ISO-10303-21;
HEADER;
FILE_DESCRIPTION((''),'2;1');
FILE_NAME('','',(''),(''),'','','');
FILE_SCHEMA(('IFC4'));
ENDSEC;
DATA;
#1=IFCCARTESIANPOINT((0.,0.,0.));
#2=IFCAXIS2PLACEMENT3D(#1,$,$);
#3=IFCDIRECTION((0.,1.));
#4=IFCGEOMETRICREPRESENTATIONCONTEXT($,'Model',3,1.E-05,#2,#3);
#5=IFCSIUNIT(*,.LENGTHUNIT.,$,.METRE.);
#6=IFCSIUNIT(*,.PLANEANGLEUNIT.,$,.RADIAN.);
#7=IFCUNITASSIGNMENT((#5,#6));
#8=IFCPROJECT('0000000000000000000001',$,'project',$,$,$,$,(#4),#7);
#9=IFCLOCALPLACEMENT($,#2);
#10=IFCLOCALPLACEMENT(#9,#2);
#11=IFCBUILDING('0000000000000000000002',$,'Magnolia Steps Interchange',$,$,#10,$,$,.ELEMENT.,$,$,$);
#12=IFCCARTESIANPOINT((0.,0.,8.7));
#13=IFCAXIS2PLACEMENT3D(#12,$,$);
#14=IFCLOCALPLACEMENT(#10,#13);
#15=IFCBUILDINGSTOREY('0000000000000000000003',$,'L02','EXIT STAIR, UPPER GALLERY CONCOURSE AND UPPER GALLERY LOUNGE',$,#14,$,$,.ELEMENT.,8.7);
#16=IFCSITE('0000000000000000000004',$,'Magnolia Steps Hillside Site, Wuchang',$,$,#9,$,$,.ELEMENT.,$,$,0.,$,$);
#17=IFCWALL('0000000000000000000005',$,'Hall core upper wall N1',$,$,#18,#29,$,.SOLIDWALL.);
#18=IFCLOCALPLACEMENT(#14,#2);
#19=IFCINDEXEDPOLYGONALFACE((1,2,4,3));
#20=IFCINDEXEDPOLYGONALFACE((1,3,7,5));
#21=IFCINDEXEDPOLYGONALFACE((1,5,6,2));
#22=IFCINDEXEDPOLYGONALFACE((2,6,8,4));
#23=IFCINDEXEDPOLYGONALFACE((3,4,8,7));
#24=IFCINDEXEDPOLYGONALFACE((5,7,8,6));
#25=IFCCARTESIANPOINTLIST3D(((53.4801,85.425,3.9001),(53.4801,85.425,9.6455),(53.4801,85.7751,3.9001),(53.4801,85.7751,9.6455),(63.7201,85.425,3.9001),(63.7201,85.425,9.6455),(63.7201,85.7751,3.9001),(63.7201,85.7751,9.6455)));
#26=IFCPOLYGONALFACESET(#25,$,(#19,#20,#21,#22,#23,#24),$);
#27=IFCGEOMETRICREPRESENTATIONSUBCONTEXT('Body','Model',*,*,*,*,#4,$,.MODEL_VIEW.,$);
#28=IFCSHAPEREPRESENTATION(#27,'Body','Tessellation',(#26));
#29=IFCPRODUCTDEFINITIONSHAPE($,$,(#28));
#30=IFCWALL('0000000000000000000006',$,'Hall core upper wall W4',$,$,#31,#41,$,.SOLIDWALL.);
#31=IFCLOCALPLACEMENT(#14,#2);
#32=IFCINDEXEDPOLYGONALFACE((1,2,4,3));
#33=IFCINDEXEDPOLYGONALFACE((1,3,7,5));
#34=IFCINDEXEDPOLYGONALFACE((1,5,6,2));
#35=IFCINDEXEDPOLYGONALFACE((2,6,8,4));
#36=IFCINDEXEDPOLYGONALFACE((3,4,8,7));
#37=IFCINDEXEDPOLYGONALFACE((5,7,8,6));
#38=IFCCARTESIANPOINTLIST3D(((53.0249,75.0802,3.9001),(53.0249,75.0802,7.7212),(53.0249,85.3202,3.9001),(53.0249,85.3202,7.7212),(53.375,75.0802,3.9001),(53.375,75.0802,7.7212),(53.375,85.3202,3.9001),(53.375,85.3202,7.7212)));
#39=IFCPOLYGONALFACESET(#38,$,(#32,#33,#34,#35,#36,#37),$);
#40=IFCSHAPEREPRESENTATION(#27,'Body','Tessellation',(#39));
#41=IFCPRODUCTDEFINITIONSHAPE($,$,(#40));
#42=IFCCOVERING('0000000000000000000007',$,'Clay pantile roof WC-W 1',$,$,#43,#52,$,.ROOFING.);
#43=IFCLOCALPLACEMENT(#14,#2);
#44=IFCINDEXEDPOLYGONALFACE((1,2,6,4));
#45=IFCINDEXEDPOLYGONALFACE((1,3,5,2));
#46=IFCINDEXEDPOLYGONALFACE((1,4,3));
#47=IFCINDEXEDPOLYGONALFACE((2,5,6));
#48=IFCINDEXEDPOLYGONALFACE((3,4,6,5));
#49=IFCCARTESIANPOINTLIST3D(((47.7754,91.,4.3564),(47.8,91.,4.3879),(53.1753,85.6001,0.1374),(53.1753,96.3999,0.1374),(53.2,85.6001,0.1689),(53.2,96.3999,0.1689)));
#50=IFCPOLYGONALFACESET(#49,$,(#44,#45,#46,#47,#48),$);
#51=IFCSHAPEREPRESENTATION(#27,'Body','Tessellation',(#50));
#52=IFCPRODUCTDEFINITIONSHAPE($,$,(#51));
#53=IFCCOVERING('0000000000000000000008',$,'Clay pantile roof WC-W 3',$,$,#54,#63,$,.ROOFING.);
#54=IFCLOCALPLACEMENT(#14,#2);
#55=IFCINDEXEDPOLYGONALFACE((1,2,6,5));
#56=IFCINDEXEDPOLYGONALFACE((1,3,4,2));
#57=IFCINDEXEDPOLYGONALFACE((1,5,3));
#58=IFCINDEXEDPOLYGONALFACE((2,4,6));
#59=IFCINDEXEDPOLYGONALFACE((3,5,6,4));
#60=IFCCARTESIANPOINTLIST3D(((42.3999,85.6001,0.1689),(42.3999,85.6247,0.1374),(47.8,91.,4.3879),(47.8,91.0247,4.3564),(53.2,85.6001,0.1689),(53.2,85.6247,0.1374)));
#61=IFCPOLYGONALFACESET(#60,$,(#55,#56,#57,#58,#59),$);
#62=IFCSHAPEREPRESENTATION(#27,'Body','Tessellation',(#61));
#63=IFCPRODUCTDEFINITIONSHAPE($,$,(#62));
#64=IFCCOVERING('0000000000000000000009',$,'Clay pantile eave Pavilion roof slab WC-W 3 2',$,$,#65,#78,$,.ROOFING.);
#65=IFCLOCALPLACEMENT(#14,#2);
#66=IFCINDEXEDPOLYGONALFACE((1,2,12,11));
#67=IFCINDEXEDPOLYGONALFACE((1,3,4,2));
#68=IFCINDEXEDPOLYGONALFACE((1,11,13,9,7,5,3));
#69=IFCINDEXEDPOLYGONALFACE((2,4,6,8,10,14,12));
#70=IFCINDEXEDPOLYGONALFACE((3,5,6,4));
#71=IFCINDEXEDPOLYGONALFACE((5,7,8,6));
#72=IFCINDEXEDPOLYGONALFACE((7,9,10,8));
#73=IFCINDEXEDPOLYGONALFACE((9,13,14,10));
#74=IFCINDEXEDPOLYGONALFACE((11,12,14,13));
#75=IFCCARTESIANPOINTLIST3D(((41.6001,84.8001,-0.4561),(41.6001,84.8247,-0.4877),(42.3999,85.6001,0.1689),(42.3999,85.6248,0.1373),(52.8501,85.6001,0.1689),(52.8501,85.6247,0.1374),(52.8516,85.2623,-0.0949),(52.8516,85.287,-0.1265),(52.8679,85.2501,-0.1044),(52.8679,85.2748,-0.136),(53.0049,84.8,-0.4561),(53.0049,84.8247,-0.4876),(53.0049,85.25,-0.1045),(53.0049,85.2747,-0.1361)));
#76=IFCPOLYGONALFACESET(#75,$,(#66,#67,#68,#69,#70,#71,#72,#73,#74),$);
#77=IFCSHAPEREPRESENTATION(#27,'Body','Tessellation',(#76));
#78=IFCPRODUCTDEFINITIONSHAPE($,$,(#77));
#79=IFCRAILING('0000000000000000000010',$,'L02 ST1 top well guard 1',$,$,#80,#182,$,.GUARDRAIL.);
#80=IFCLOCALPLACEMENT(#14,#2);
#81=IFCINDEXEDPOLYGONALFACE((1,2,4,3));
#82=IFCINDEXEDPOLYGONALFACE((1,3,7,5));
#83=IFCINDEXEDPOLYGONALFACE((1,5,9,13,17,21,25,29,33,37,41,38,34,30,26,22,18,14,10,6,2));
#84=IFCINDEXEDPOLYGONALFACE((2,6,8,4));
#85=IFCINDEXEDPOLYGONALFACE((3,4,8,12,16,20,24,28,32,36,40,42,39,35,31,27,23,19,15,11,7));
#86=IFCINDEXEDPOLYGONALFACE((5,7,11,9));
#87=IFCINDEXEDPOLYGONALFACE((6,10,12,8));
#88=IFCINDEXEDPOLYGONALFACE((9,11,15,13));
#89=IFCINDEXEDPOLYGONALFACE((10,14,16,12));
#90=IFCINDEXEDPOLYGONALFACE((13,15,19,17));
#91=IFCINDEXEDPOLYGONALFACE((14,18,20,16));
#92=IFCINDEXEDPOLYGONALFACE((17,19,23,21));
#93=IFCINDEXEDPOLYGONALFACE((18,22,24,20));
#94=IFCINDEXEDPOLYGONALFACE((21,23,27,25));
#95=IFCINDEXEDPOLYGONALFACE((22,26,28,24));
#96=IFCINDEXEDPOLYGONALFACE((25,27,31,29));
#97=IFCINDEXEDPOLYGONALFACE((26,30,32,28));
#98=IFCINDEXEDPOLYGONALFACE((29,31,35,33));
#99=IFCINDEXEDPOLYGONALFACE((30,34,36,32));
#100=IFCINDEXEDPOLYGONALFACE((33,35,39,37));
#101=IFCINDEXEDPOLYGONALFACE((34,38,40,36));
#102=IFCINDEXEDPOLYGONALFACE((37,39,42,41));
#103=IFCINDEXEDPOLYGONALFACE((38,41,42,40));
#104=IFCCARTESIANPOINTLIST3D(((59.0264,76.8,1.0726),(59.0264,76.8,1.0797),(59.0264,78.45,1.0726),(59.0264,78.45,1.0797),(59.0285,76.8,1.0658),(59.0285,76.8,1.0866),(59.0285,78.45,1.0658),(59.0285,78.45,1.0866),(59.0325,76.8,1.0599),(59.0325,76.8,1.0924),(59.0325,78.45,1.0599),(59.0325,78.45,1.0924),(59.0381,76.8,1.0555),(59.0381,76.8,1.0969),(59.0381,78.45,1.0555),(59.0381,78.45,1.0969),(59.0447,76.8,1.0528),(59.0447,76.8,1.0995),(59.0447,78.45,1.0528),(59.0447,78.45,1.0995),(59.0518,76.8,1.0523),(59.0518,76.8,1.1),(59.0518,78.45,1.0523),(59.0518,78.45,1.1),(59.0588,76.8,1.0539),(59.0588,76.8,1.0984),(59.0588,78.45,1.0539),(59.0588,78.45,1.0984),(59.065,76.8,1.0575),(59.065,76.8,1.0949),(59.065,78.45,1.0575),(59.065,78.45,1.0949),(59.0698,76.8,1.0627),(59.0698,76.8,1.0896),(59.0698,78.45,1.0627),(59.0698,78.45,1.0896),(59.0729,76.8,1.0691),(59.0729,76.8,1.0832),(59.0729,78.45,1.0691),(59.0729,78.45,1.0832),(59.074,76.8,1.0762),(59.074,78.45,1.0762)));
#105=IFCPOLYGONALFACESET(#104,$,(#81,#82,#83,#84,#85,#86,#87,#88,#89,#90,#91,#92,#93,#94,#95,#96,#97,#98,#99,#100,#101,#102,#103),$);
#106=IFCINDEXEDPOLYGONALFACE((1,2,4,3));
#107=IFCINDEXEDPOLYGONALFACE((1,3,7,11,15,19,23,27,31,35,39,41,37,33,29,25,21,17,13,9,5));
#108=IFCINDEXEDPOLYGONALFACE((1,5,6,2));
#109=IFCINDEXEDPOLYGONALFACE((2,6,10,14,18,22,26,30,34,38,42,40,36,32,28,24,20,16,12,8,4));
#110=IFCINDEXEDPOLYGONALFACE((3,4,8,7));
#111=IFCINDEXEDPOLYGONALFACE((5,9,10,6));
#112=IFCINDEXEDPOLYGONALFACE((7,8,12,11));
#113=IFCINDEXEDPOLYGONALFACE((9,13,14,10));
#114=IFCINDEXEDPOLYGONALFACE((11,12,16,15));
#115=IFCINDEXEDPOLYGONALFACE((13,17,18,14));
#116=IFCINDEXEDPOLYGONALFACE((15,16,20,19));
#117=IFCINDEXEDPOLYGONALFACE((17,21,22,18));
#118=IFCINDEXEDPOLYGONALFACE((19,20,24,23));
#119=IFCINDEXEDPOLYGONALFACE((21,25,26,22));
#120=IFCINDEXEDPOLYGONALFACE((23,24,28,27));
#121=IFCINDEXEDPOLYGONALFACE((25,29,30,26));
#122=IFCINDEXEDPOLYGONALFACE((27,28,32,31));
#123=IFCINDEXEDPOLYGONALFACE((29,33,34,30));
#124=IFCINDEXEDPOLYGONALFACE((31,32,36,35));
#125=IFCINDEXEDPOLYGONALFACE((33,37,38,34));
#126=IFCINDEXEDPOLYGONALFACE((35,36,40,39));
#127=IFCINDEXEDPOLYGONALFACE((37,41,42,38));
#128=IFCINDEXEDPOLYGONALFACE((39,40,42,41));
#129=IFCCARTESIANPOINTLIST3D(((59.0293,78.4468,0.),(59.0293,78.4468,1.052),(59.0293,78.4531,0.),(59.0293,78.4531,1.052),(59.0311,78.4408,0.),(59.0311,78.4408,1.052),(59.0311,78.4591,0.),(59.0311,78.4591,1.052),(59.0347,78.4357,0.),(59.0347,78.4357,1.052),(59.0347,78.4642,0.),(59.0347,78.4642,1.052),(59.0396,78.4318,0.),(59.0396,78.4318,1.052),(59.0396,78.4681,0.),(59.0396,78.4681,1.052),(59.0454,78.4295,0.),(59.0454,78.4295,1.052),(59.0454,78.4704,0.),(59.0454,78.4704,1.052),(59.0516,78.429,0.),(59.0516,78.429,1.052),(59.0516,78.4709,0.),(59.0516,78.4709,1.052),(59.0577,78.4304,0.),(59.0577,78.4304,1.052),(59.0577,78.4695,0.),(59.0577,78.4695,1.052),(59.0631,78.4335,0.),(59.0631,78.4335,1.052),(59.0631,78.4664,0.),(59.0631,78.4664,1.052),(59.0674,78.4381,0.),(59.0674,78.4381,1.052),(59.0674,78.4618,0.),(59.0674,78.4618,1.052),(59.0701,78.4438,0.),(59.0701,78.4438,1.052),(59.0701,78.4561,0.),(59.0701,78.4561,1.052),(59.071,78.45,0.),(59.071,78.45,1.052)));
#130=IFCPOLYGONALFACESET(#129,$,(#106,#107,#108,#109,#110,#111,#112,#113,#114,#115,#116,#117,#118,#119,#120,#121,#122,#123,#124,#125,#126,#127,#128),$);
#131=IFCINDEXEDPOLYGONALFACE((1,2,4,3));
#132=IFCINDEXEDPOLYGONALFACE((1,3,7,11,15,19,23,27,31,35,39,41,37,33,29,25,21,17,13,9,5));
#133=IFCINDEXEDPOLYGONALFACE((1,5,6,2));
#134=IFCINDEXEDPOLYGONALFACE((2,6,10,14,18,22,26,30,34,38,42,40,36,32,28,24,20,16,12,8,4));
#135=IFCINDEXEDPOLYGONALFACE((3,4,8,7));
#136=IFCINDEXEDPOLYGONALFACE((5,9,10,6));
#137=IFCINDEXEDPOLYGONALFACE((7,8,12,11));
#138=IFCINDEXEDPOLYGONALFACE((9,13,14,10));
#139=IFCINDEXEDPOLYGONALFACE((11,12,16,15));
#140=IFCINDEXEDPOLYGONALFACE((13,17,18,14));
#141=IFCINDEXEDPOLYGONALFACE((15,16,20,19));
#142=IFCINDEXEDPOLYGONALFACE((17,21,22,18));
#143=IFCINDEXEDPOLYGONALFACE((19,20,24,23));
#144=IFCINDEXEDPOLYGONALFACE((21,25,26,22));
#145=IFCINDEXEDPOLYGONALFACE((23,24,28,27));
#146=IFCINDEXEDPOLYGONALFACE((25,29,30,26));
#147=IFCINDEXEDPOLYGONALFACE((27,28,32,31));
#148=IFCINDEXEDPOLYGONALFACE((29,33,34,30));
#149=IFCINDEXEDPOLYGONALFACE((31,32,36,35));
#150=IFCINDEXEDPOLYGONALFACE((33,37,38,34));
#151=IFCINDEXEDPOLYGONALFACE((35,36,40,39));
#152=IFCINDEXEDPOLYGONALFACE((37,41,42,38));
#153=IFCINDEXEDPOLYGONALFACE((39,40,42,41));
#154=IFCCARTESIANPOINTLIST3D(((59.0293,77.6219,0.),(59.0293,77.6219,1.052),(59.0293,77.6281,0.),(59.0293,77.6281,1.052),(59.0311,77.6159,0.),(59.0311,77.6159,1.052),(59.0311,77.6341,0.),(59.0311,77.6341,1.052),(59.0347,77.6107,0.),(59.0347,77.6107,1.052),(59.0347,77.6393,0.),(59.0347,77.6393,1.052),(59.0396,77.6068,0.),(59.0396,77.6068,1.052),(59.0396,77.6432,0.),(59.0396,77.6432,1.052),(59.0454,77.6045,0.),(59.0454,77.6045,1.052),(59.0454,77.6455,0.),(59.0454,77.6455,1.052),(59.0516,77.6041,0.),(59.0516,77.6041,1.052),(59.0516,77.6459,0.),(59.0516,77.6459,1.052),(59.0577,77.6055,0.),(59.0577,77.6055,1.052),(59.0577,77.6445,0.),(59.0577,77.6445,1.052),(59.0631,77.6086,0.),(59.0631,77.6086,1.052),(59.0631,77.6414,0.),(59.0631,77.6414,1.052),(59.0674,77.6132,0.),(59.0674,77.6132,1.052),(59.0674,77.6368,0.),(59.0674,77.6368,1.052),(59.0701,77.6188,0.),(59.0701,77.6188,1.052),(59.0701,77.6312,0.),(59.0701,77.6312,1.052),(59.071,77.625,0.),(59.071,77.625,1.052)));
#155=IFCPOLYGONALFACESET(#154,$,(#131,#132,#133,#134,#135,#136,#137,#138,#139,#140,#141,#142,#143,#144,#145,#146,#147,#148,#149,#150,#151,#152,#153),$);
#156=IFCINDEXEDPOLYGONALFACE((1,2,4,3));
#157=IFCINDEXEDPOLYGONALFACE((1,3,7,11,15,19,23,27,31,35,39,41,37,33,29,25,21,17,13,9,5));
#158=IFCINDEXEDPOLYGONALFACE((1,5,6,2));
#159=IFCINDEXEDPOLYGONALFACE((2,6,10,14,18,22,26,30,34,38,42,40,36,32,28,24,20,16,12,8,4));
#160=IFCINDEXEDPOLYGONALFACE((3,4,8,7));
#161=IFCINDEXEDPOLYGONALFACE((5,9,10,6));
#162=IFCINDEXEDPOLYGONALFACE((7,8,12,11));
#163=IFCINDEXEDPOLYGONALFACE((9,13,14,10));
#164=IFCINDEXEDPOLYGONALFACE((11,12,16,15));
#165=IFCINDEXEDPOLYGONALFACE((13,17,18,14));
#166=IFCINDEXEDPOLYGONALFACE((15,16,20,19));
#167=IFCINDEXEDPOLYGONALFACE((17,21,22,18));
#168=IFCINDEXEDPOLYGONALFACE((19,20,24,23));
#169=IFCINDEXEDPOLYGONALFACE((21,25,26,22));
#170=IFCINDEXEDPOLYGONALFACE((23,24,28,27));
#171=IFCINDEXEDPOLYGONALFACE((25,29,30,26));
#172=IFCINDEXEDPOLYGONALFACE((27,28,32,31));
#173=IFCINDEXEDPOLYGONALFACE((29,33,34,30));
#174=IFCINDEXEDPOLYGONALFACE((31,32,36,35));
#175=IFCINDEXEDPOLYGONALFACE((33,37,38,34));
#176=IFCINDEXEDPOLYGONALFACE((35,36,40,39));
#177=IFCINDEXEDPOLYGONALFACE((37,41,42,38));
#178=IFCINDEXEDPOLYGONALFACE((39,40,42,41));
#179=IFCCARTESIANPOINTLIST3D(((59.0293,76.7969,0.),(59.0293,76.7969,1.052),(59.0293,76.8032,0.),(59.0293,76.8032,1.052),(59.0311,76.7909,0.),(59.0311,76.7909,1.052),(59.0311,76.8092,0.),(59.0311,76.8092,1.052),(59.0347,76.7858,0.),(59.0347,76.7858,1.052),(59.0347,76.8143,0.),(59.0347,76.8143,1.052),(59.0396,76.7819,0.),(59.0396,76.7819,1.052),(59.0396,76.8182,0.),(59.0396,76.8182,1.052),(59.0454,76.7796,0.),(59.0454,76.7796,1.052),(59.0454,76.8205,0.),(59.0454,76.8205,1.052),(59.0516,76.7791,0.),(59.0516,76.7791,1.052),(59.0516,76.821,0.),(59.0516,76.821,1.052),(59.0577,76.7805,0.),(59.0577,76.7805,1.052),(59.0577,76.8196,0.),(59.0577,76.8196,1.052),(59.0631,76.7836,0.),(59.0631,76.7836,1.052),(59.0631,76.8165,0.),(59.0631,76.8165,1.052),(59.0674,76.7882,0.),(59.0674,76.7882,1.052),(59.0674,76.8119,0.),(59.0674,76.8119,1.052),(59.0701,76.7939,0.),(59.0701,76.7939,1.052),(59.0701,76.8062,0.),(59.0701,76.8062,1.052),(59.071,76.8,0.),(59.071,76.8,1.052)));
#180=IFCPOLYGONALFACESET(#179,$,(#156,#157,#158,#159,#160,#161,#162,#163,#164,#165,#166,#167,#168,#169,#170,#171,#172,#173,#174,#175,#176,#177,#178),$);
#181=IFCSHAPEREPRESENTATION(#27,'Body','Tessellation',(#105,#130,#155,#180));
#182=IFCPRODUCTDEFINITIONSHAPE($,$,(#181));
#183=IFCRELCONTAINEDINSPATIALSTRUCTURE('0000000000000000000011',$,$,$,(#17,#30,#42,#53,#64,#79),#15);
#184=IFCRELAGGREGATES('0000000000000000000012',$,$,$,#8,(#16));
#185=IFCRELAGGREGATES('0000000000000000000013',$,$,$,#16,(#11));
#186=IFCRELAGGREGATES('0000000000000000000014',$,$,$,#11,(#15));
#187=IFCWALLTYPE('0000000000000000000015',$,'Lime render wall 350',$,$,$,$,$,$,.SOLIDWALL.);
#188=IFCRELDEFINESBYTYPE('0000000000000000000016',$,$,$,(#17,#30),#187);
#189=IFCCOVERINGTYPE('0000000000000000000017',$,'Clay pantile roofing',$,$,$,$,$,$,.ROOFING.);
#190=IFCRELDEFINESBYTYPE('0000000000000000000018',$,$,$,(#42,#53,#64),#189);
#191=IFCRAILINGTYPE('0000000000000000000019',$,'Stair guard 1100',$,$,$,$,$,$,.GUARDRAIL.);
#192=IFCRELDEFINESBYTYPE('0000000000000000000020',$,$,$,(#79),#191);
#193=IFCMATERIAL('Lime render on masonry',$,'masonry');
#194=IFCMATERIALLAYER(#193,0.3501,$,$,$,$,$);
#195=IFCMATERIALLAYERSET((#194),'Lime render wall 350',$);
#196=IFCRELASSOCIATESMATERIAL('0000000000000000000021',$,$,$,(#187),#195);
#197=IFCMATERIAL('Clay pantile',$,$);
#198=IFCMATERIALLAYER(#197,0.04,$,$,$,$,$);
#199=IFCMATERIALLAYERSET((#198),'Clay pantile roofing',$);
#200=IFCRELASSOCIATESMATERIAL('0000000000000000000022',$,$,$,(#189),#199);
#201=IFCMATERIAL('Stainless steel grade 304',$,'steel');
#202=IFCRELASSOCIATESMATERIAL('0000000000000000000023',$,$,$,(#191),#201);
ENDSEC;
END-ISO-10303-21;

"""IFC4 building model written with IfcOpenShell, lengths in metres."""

from ifc_helpers import new_model, si_unit, direction, frame, frame_2d, origin, origin_2d, place, context, subcontext, project, spatial, polyline, rectangle, circle, outline, extrude, material, layer, layer_set, type_object, element, save


model = new_model("IFC4")

# Units and contexts
model_context = context("Model", 3, precision=1e-05, world=origin(), true_north=direction((0.0, 1.0)))
body_context = subcontext(model_context, "Body", "Model", "MODEL_VIEW")
ifc_project = project(units=[si_unit("LENGTHUNIT", "METRE"), si_unit("PLANEANGLEUNIT", "RADIAN")], contexts=[model_context])

# Site, building, storey
site_placement = place(None, origin())
site = spatial("IfcSite", under=ifc_project, at=site_placement, Name="Magnolia Steps Hillside Site, Wuchang", CompositionType="ELEMENT", RefElevation=0.0)
building_placement = place(site_placement, origin())
building = spatial("IfcBuilding", under=site, at=building_placement, Name="Magnolia Steps Interchange", CompositionType="ELEMENT")
storey_placement = place(building_placement, frame((0.0, 0.0, 8.7)))
storey = spatial("IfcBuildingStorey", under=building, at=storey_placement, Name="L02", Description="EXIT STAIR, UPPER GALLERY CONCOURSE AND UPPER GALLERY LOUNGE", CompositionType="ELEMENT", Elevation=8.7)

# Walls
ifc_material_1 = material(Name="Lime render on masonry", Category="masonry")
ifc_layer_1 = layer(ifc_material_1, 0.3501)
ifc_layer_set_1 = layer_set([ifc_layer_1], Name="Lime render wall 350")
wall_type_1 = type_object("IfcWallType", Name="Lime render wall 350", PredefinedType="SOLIDWALL", material=ifc_layer_set_1)
wall_1_placement = place(storey_placement, frame((53.48, 85.6001, 3.9001), z_axis=(0.0, 0.0, 1.0), x_axis=(1.0, 0.0, 0.0)))
element("IfcWall", 1, at=wall_1_placement, inside=storey, type_object=wall_type_1, Name="Hall core upper wall N1", PredefinedType="SOLIDWALL", context=body_context, shape_type="SweptSolid", body=[
    extrude(rectangle(XDim=10.24, YDim=0.3501, at=frame_2d((5.1201, 0.0))), origin(), (0.0, 0.0, 1.0), 5.7454),
])
wall_2_placement = place(storey_placement, frame((53.2, 75.0801, 3.9001), z_axis=(0.0, 0.0, 1.0), x_axis=(0.0, 1.0, 0.0)))
element("IfcWall", 2, at=wall_2_placement, inside=storey, type_object=wall_type_1, Name="Hall core upper wall W4", PredefinedType="SOLIDWALL", context=body_context, shape_type="SweptSolid", body=[
    extrude(rectangle(XDim=10.24, YDim=0.3501, at=frame_2d((5.1201, 0.0))), origin(), (0.0, 0.0, 1.0), 3.821),
])

# Coverings
ifc_material_2 = material(Name="Clay pantile")
ifc_layer_2 = layer(ifc_material_2, 0.04)
ifc_layer_set_2 = layer_set([ifc_layer_2], Name="Clay pantile roofing")
covering_type = type_object("IfcCoveringType", Name="Clay pantile roofing", PredefinedType="ROOFING", material=ifc_layer_set_2)
covering_1_placement = place(storey_placement, frame((53.2, 85.6001, 0.1689), z_axis=(0.615673, 0.0, 0.788002), x_axis=(0.0, 1.0, 0.0)))
element("IfcCovering", 3, at=covering_1_placement, inside=storey, type_object=covering_type, Name="Clay pantile roof WC-W 1", PredefinedType="ROOFING", context=body_context, shape_type="SweptSolid", body=[
    extrude(outline(polyline([(0.0, 0.0), (10.7998, 0.0), (5.3999, 6.8527), (0.0, 0.0)])), origin(), (0.0, 0.0, -1.0), 0.04),
])
covering_2_placement = place(storey_placement, frame((42.3999, 85.6001, 0.1689), z_axis=(0.0, -0.615673, 0.788002), x_axis=(1.0, 0.0, 0.0)))
element("IfcCovering", 4, at=covering_2_placement, inside=storey, type_object=covering_type, Name="Clay pantile roof WC-W 3", PredefinedType="ROOFING", context=body_context, shape_type="SweptSolid", body=[
    extrude(outline(polyline([(0.0, 0.0), (10.8, 0.0), (5.4001, 6.8527), (0.0, 0.0)])), origin(), (0.0, 0.0, -1.0), 0.04),
])
covering_3_placement = place(storey_placement, frame((53.0049, 84.8, -0.4561), z_axis=(-0.000006, -0.615622, 0.788041), x_axis=(-1.0, 0.000004, -0.000005)))
element("IfcCovering", 5, at=covering_3_placement, inside=storey, type_object=covering_type, Name="Clay pantile eave Pavilion roof slab WC-W 3 2", PredefinedType="ROOFING", context=body_context, shape_type="SweptSolid", body=[
    extrude(outline(polyline([(0.0, 0.0), (11.4048, 0.0), (10.605, -1.0152), (0.1548, -1.0152), (0.1533, -0.5866), (0.137, -0.5712), (0.0, -0.571), (0.0, 0.0)])), origin(), (0.0, 0.0, -1.0), 0.04),
])

# Railing
ifc_material_3 = material(Name="Stainless steel grade 304", Category="steel")
railing_type = type_object("IfcRailingType", Name="Stair guard 1100", PredefinedType="GUARDRAIL", material=ifc_material_3)
railing_1_placement = place(storey_placement, frame((59.05, 78.45, 0.0)))
element("IfcRailing", 6, at=railing_1_placement, inside=storey, type_object=railing_type, Name="L02 ST1 top well guard 1", PredefinedType="GUARDRAIL", context=body_context, shape_type="SweptSolid", body=[
    extrude(circle(Radius=0.0239, at=origin_2d()), frame((0.0, 0.0, 1.0762), z_axis=(0.0, -1.0, 0.0), x_axis=(1.0, 0.0, 0.0)), (0.0, 0.0, 1.0), 1.6499),
    extrude(circle(Radius=0.021, at=origin_2d()), origin(), (0.0, 0.0, 1.0), 1.052),
    extrude(circle(Radius=0.021, at=origin_2d()), frame((0.0, -0.825, 0.0)), (0.0, 0.0, 1.0), 1.052),
    extrude(circle(Radius=0.021, at=origin_2d()), frame((0.0, -1.6499, 0.0)), (0.0, 0.0, 1.0), 1.052),
])

save(model, "model.ifc")
